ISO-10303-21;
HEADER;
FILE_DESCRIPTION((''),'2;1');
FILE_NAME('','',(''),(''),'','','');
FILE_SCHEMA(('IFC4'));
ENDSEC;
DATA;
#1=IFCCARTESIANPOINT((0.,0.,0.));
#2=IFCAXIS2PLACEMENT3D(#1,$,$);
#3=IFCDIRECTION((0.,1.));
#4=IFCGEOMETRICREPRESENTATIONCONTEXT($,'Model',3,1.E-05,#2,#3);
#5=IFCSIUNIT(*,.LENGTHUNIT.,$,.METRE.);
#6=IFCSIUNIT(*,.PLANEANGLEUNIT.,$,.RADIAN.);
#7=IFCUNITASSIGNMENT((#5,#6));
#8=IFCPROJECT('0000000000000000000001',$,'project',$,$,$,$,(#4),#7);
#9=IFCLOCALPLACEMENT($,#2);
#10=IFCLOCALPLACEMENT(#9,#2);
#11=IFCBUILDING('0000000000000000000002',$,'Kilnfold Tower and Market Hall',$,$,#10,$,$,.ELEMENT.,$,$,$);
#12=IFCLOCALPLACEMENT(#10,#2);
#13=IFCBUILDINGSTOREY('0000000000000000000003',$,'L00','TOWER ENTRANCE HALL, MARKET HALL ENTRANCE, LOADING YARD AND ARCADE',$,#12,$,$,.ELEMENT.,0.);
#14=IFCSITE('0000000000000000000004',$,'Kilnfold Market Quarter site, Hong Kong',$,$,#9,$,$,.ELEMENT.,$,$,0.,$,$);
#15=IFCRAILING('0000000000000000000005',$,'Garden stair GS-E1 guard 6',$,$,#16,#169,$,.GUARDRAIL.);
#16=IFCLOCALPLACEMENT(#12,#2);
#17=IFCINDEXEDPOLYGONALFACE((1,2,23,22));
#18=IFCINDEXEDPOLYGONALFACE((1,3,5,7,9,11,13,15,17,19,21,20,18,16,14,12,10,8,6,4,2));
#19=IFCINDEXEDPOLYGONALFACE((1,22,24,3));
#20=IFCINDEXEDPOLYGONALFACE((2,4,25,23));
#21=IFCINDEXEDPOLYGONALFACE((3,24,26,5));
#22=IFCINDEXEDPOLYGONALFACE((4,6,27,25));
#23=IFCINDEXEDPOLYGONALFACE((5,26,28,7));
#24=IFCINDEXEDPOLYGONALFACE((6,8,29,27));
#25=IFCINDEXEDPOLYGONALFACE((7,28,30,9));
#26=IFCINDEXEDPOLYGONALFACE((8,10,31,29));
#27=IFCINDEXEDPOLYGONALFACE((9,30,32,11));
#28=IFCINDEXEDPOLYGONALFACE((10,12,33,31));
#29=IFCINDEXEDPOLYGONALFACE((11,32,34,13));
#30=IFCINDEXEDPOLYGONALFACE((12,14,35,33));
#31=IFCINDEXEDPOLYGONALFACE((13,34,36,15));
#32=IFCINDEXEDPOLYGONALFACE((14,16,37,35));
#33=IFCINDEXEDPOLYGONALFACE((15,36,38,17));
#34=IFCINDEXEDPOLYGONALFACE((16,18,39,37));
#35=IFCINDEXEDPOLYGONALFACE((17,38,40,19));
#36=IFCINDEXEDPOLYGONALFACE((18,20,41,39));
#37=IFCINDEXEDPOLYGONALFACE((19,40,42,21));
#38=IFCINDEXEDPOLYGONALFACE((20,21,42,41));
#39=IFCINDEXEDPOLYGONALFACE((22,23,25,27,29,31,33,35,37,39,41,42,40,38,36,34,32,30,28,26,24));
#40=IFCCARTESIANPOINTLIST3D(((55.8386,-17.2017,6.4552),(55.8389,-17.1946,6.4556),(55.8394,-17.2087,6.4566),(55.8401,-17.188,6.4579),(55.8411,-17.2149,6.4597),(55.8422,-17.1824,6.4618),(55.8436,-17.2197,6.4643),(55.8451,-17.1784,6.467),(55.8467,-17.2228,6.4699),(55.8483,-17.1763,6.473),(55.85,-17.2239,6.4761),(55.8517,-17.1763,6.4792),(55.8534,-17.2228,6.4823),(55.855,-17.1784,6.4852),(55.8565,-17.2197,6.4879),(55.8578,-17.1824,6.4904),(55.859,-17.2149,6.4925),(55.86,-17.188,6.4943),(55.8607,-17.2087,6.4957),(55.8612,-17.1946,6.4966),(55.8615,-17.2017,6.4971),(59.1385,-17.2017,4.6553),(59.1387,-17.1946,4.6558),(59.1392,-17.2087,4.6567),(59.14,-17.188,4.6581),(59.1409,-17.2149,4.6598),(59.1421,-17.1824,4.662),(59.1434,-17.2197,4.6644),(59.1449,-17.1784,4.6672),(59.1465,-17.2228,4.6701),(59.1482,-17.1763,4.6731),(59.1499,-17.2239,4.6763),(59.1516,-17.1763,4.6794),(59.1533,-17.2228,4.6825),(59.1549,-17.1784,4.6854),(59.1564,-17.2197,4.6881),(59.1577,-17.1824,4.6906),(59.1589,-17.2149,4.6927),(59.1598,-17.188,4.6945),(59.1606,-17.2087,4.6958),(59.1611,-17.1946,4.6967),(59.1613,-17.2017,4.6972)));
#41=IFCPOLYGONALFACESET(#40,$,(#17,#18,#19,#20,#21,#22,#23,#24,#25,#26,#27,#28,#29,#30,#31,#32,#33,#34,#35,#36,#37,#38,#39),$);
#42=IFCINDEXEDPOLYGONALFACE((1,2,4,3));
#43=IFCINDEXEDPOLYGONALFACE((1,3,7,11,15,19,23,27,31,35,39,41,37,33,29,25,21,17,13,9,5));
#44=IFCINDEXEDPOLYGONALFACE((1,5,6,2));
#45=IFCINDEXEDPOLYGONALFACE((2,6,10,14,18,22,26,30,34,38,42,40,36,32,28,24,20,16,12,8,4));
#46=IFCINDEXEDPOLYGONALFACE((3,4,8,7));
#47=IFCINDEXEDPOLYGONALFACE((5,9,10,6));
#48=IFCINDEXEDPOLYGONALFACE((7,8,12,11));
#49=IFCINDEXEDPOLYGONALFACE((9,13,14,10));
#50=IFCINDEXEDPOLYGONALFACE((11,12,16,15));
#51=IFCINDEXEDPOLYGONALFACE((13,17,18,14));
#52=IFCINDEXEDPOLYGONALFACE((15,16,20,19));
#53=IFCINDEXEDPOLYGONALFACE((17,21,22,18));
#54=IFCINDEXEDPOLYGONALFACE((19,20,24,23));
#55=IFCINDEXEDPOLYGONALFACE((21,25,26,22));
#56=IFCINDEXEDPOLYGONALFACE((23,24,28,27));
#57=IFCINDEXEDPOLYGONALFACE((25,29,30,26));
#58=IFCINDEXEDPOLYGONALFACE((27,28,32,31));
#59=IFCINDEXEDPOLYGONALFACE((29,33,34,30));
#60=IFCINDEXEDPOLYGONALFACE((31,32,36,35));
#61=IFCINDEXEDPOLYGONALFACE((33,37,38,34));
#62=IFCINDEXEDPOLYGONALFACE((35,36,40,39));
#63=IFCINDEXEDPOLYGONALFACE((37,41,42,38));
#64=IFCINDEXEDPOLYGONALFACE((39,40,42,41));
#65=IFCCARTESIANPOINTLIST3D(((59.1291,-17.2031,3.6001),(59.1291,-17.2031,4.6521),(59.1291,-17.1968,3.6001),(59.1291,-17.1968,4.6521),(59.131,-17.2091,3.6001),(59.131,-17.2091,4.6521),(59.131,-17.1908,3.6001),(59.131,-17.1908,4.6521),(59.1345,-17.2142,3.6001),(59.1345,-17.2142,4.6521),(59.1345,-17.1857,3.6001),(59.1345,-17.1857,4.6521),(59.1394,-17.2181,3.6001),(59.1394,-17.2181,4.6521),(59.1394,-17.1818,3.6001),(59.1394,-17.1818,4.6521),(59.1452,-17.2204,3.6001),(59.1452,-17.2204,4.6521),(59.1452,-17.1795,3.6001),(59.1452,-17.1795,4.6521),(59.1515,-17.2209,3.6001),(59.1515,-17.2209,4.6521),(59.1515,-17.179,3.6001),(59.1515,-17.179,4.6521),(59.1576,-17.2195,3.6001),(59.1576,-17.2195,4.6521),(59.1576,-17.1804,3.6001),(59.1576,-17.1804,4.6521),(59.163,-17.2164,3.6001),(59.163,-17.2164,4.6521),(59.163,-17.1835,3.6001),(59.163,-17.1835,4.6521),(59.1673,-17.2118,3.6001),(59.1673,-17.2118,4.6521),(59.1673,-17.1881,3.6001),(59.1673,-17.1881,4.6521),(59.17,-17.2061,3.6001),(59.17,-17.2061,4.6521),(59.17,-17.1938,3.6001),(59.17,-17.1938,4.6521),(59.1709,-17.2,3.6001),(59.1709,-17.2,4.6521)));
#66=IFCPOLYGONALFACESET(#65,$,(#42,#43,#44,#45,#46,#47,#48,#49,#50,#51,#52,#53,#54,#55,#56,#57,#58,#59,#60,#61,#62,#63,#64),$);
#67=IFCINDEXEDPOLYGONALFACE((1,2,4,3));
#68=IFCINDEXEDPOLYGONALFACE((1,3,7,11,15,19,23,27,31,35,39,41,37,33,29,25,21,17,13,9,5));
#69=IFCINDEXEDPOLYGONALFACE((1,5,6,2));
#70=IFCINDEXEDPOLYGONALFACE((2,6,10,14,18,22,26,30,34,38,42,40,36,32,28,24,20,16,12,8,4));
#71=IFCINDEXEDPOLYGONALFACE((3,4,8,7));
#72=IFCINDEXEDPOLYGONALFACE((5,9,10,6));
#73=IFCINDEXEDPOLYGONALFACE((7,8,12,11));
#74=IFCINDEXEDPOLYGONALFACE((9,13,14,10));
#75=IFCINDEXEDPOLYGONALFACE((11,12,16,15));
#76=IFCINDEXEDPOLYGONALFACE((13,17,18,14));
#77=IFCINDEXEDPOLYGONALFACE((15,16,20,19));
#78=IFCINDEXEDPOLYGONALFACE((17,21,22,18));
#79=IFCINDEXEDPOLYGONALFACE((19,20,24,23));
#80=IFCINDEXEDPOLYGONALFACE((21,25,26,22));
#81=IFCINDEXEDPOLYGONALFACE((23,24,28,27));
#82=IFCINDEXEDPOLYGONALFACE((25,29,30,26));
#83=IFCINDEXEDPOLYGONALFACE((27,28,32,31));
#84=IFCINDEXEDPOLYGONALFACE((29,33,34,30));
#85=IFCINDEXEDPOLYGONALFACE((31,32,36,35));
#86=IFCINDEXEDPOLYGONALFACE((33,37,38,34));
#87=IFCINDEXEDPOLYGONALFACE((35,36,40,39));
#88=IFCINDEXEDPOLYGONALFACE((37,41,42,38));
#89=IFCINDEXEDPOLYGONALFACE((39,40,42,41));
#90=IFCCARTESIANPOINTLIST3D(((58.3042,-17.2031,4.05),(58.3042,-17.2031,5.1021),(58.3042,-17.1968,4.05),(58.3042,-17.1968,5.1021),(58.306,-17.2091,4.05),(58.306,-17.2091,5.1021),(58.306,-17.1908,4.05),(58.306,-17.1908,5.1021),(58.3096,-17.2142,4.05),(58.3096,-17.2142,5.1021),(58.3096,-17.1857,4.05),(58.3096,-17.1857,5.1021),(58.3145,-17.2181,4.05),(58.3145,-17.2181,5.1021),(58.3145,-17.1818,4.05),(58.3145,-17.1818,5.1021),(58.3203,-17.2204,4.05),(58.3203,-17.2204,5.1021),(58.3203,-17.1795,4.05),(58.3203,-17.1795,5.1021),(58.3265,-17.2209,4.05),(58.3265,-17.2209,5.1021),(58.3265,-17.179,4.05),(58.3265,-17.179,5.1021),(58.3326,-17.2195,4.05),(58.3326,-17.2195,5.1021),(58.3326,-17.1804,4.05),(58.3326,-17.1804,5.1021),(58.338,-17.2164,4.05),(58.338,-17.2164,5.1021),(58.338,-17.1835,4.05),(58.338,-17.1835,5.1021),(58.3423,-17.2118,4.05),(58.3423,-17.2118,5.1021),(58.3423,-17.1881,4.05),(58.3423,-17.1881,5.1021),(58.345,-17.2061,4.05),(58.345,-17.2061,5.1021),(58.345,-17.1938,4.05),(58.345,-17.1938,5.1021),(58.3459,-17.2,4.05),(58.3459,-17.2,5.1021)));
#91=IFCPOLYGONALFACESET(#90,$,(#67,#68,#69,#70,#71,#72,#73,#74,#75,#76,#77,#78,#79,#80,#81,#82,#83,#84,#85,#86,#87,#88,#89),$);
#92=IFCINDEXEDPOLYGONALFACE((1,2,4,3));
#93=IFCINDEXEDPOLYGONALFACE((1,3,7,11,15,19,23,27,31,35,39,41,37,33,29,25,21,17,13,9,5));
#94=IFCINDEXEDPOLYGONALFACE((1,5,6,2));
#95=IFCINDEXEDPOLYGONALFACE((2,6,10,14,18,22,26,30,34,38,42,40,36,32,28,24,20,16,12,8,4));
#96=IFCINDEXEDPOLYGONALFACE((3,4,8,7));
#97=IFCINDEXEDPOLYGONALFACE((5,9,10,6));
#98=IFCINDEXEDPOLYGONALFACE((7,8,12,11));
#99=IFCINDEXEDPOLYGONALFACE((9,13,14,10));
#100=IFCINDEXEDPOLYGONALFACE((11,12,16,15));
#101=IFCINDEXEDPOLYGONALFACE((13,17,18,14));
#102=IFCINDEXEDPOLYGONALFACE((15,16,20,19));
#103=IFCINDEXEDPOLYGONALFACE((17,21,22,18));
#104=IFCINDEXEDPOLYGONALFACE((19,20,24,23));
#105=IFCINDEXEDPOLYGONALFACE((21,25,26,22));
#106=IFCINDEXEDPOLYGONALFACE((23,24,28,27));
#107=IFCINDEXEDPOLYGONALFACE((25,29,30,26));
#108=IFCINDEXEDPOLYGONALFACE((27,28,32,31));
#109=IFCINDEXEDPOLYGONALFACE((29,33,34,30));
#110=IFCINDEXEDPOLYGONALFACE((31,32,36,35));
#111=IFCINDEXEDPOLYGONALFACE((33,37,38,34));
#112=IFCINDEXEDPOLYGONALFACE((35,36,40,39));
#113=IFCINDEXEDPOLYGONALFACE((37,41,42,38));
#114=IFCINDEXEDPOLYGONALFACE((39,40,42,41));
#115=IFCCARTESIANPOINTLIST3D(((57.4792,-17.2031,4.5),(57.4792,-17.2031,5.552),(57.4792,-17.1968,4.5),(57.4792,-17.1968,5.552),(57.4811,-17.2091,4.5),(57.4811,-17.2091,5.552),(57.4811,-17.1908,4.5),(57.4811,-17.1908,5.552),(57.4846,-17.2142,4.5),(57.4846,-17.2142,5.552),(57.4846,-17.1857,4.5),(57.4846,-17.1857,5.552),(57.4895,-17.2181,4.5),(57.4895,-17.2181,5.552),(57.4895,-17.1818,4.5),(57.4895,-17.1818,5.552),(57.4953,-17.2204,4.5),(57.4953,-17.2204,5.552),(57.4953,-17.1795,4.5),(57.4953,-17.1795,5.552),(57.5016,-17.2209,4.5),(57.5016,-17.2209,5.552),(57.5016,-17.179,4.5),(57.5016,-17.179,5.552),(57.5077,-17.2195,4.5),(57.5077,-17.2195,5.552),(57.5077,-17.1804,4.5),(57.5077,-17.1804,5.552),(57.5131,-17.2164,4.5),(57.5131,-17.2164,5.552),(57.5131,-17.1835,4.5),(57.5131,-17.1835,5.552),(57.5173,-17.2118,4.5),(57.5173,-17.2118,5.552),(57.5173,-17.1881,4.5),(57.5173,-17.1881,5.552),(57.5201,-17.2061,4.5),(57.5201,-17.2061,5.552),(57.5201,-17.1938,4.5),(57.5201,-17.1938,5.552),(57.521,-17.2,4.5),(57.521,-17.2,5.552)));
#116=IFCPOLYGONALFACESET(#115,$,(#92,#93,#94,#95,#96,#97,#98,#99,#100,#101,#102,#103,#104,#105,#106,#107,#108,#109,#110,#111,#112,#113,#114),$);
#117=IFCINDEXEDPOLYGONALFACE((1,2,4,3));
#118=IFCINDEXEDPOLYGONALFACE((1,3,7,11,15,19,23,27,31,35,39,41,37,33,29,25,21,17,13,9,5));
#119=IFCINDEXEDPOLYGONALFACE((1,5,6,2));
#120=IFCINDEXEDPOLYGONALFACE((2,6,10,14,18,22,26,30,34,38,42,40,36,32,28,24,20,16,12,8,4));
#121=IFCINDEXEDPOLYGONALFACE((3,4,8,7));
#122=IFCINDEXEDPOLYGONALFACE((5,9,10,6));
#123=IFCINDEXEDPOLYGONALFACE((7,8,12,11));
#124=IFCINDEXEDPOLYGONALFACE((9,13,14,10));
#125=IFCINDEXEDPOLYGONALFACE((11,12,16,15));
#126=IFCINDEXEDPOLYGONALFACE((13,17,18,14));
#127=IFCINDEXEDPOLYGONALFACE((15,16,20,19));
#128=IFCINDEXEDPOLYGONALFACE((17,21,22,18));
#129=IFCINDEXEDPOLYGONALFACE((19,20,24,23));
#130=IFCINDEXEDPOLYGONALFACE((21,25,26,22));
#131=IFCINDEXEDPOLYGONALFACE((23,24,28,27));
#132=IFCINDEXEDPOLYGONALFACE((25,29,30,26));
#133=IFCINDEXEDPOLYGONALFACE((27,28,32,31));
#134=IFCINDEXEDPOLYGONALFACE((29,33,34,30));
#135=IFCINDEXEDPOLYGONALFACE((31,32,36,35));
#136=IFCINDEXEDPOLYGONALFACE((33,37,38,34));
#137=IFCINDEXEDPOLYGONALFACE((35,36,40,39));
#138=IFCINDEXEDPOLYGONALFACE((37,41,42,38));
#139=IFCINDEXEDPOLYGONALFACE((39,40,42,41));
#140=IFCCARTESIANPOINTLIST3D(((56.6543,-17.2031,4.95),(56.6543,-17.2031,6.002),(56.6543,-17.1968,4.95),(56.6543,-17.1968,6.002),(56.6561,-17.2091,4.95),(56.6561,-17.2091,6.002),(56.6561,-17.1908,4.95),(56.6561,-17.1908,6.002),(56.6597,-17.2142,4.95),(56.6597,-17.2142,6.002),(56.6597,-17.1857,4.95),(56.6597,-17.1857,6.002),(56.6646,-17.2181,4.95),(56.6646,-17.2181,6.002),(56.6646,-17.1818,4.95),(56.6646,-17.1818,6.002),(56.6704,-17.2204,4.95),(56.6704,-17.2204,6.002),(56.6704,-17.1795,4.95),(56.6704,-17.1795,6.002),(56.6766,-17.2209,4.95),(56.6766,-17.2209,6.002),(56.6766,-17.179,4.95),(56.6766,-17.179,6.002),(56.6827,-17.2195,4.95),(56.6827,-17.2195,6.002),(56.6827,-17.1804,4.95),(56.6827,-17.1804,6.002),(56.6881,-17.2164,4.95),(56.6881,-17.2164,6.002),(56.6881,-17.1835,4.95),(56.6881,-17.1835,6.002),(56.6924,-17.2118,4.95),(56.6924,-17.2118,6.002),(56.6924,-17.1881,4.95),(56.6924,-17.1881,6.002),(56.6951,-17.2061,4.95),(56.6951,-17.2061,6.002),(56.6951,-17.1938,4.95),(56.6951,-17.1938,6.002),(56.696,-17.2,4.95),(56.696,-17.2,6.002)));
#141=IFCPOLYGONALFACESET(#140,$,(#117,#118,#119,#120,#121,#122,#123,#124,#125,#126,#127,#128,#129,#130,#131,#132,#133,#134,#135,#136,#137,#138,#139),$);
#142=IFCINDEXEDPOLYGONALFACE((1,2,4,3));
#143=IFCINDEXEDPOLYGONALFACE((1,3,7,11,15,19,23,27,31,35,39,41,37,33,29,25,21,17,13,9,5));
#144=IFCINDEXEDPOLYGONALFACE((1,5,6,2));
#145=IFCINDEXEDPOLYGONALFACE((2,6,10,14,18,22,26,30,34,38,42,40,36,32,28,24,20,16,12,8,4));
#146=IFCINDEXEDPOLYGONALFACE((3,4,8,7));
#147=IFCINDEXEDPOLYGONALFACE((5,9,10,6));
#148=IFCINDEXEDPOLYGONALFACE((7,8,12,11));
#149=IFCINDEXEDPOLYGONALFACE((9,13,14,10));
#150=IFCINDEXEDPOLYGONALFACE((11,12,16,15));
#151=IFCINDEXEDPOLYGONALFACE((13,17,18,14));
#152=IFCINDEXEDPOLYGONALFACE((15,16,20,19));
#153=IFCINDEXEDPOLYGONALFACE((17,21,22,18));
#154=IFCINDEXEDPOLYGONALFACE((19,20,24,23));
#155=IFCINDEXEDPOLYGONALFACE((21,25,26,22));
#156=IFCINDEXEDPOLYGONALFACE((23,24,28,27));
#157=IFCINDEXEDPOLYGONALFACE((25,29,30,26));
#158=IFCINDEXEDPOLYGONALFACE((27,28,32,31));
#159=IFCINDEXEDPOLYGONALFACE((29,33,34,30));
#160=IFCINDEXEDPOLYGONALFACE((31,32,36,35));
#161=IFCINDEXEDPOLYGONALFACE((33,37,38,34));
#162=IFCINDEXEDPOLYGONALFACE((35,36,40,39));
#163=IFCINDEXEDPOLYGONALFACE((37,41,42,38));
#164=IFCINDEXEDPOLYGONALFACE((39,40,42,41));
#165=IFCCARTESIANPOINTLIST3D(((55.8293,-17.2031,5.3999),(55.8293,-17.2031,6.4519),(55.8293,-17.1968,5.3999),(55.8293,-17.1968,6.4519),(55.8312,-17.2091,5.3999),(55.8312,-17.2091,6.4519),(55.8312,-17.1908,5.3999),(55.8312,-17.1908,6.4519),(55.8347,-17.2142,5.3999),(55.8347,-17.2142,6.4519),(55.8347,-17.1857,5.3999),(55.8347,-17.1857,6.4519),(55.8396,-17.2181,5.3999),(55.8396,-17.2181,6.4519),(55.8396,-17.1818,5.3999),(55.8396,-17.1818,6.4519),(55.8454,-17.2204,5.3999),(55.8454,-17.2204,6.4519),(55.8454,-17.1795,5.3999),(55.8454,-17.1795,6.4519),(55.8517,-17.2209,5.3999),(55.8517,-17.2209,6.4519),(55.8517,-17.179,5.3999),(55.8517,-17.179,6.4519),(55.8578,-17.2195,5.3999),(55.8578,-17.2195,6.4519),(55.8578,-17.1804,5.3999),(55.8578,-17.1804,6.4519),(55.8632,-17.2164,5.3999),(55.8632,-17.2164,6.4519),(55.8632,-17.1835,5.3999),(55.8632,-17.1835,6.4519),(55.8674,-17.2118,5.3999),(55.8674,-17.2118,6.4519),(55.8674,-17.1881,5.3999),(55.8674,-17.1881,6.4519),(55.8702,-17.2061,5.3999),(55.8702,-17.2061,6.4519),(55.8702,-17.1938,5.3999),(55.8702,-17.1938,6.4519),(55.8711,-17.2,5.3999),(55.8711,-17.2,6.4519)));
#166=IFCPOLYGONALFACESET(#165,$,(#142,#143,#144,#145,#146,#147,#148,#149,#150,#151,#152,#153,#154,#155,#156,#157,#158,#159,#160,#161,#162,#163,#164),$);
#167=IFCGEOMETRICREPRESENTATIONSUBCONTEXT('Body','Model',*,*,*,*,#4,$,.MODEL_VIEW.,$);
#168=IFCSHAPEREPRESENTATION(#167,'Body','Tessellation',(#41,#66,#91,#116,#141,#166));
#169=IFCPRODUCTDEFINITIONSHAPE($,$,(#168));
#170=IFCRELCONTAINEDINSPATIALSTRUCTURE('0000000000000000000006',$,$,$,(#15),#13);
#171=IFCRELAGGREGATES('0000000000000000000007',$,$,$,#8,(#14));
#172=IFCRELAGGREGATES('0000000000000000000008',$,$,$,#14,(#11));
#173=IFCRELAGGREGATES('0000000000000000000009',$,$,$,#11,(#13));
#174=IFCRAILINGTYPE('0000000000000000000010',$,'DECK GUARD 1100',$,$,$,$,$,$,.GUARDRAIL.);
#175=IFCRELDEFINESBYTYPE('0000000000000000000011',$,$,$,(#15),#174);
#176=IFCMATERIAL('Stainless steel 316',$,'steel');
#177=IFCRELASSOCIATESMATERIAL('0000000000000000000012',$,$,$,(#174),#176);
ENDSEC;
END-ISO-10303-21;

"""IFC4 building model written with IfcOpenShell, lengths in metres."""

from ifc_helpers import new_model, si_unit, direction, frame, origin, origin_2d, place, context, subcontext, project, spatial, circle, extrude, material, type_object, element, save


model = new_model("IFC4")

# Units and contexts
model_context = context("Model", 3, precision=1e-05, world=origin(), true_north=direction((0.0, 1.0)))
body_context = subcontext(model_context, "Body", "Model", "MODEL_VIEW")
ifc_project = project(units=[si_unit("LENGTHUNIT", "METRE"), si_unit("PLANEANGLEUNIT", "RADIAN")], contexts=[model_context])

# Site, building, storey
site_placement = place(None, origin())
site = spatial("IfcSite", under=ifc_project, at=site_placement, Name="Kilnfold Market Quarter site, Hong Kong", CompositionType="ELEMENT", RefElevation=0.0)
building_placement = place(site_placement, origin())
building = spatial("IfcBuilding", under=site, at=building_placement, Name="Kilnfold Tower and Market Hall", CompositionType="ELEMENT")
storey_placement = place(building_placement, origin())
storey = spatial("IfcBuildingStorey", under=building, at=storey_placement, Name="L00", Description="TOWER ENTRANCE HALL, MARKET HALL ENTRANCE, LOADING YARD AND ARCADE", CompositionType="ELEMENT", Elevation=0.0)

# Railing
ifc_material_1 = material(Name="Stainless steel 316", Category="steel")
railing_type_1 = type_object("IfcRailingType", Name="DECK GUARD 1100", PredefinedType="GUARDRAIL", material=ifc_material_1)
railing_1_placement = place(storey_placement, frame((59.1499, -17.2, 3.6001)))
element("IfcRailing", 1, at=railing_1_placement, inside=storey, type_object=railing_type_1, Name="Garden stair GS-E1 guard 6", PredefinedType="GUARDRAIL", context=body_context, shape_type="SweptSolid", body=[
    extrude(circle(Radius=0.0239, at=origin_2d()), frame((0.0, 0.0, 1.0762), z_axis=(-0.877906, 0.0, 0.478834), x_axis=(0.0, -1.0, 0.0)), (0.0, 0.0, 1.0), 3.7588),
    extrude(circle(Radius=0.021, at=origin_2d()), origin(), (0.0, 0.0, 1.0), 1.052),
    extrude(circle(Radius=0.021, at=origin_2d()), frame((-0.825, 0.0, 0.45)), (0.0, 0.0, 1.0), 1.052),
    extrude(circle(Radius=0.021, at=origin_2d()), frame((-1.6499, 0.0, 0.8999)), (0.0, 0.0, 1.0), 1.052),
    extrude(circle(Radius=0.021, at=origin_2d()), frame((-2.4749, 0.0, 1.3499)), (0.0, 0.0, 1.0), 1.052),
    extrude(circle(Radius=0.021, at=origin_2d()), frame((-3.2998, 0.0, 1.7998)), (0.0, 0.0, 1.0), 1.052),
])

save(model, "model.ifc")
